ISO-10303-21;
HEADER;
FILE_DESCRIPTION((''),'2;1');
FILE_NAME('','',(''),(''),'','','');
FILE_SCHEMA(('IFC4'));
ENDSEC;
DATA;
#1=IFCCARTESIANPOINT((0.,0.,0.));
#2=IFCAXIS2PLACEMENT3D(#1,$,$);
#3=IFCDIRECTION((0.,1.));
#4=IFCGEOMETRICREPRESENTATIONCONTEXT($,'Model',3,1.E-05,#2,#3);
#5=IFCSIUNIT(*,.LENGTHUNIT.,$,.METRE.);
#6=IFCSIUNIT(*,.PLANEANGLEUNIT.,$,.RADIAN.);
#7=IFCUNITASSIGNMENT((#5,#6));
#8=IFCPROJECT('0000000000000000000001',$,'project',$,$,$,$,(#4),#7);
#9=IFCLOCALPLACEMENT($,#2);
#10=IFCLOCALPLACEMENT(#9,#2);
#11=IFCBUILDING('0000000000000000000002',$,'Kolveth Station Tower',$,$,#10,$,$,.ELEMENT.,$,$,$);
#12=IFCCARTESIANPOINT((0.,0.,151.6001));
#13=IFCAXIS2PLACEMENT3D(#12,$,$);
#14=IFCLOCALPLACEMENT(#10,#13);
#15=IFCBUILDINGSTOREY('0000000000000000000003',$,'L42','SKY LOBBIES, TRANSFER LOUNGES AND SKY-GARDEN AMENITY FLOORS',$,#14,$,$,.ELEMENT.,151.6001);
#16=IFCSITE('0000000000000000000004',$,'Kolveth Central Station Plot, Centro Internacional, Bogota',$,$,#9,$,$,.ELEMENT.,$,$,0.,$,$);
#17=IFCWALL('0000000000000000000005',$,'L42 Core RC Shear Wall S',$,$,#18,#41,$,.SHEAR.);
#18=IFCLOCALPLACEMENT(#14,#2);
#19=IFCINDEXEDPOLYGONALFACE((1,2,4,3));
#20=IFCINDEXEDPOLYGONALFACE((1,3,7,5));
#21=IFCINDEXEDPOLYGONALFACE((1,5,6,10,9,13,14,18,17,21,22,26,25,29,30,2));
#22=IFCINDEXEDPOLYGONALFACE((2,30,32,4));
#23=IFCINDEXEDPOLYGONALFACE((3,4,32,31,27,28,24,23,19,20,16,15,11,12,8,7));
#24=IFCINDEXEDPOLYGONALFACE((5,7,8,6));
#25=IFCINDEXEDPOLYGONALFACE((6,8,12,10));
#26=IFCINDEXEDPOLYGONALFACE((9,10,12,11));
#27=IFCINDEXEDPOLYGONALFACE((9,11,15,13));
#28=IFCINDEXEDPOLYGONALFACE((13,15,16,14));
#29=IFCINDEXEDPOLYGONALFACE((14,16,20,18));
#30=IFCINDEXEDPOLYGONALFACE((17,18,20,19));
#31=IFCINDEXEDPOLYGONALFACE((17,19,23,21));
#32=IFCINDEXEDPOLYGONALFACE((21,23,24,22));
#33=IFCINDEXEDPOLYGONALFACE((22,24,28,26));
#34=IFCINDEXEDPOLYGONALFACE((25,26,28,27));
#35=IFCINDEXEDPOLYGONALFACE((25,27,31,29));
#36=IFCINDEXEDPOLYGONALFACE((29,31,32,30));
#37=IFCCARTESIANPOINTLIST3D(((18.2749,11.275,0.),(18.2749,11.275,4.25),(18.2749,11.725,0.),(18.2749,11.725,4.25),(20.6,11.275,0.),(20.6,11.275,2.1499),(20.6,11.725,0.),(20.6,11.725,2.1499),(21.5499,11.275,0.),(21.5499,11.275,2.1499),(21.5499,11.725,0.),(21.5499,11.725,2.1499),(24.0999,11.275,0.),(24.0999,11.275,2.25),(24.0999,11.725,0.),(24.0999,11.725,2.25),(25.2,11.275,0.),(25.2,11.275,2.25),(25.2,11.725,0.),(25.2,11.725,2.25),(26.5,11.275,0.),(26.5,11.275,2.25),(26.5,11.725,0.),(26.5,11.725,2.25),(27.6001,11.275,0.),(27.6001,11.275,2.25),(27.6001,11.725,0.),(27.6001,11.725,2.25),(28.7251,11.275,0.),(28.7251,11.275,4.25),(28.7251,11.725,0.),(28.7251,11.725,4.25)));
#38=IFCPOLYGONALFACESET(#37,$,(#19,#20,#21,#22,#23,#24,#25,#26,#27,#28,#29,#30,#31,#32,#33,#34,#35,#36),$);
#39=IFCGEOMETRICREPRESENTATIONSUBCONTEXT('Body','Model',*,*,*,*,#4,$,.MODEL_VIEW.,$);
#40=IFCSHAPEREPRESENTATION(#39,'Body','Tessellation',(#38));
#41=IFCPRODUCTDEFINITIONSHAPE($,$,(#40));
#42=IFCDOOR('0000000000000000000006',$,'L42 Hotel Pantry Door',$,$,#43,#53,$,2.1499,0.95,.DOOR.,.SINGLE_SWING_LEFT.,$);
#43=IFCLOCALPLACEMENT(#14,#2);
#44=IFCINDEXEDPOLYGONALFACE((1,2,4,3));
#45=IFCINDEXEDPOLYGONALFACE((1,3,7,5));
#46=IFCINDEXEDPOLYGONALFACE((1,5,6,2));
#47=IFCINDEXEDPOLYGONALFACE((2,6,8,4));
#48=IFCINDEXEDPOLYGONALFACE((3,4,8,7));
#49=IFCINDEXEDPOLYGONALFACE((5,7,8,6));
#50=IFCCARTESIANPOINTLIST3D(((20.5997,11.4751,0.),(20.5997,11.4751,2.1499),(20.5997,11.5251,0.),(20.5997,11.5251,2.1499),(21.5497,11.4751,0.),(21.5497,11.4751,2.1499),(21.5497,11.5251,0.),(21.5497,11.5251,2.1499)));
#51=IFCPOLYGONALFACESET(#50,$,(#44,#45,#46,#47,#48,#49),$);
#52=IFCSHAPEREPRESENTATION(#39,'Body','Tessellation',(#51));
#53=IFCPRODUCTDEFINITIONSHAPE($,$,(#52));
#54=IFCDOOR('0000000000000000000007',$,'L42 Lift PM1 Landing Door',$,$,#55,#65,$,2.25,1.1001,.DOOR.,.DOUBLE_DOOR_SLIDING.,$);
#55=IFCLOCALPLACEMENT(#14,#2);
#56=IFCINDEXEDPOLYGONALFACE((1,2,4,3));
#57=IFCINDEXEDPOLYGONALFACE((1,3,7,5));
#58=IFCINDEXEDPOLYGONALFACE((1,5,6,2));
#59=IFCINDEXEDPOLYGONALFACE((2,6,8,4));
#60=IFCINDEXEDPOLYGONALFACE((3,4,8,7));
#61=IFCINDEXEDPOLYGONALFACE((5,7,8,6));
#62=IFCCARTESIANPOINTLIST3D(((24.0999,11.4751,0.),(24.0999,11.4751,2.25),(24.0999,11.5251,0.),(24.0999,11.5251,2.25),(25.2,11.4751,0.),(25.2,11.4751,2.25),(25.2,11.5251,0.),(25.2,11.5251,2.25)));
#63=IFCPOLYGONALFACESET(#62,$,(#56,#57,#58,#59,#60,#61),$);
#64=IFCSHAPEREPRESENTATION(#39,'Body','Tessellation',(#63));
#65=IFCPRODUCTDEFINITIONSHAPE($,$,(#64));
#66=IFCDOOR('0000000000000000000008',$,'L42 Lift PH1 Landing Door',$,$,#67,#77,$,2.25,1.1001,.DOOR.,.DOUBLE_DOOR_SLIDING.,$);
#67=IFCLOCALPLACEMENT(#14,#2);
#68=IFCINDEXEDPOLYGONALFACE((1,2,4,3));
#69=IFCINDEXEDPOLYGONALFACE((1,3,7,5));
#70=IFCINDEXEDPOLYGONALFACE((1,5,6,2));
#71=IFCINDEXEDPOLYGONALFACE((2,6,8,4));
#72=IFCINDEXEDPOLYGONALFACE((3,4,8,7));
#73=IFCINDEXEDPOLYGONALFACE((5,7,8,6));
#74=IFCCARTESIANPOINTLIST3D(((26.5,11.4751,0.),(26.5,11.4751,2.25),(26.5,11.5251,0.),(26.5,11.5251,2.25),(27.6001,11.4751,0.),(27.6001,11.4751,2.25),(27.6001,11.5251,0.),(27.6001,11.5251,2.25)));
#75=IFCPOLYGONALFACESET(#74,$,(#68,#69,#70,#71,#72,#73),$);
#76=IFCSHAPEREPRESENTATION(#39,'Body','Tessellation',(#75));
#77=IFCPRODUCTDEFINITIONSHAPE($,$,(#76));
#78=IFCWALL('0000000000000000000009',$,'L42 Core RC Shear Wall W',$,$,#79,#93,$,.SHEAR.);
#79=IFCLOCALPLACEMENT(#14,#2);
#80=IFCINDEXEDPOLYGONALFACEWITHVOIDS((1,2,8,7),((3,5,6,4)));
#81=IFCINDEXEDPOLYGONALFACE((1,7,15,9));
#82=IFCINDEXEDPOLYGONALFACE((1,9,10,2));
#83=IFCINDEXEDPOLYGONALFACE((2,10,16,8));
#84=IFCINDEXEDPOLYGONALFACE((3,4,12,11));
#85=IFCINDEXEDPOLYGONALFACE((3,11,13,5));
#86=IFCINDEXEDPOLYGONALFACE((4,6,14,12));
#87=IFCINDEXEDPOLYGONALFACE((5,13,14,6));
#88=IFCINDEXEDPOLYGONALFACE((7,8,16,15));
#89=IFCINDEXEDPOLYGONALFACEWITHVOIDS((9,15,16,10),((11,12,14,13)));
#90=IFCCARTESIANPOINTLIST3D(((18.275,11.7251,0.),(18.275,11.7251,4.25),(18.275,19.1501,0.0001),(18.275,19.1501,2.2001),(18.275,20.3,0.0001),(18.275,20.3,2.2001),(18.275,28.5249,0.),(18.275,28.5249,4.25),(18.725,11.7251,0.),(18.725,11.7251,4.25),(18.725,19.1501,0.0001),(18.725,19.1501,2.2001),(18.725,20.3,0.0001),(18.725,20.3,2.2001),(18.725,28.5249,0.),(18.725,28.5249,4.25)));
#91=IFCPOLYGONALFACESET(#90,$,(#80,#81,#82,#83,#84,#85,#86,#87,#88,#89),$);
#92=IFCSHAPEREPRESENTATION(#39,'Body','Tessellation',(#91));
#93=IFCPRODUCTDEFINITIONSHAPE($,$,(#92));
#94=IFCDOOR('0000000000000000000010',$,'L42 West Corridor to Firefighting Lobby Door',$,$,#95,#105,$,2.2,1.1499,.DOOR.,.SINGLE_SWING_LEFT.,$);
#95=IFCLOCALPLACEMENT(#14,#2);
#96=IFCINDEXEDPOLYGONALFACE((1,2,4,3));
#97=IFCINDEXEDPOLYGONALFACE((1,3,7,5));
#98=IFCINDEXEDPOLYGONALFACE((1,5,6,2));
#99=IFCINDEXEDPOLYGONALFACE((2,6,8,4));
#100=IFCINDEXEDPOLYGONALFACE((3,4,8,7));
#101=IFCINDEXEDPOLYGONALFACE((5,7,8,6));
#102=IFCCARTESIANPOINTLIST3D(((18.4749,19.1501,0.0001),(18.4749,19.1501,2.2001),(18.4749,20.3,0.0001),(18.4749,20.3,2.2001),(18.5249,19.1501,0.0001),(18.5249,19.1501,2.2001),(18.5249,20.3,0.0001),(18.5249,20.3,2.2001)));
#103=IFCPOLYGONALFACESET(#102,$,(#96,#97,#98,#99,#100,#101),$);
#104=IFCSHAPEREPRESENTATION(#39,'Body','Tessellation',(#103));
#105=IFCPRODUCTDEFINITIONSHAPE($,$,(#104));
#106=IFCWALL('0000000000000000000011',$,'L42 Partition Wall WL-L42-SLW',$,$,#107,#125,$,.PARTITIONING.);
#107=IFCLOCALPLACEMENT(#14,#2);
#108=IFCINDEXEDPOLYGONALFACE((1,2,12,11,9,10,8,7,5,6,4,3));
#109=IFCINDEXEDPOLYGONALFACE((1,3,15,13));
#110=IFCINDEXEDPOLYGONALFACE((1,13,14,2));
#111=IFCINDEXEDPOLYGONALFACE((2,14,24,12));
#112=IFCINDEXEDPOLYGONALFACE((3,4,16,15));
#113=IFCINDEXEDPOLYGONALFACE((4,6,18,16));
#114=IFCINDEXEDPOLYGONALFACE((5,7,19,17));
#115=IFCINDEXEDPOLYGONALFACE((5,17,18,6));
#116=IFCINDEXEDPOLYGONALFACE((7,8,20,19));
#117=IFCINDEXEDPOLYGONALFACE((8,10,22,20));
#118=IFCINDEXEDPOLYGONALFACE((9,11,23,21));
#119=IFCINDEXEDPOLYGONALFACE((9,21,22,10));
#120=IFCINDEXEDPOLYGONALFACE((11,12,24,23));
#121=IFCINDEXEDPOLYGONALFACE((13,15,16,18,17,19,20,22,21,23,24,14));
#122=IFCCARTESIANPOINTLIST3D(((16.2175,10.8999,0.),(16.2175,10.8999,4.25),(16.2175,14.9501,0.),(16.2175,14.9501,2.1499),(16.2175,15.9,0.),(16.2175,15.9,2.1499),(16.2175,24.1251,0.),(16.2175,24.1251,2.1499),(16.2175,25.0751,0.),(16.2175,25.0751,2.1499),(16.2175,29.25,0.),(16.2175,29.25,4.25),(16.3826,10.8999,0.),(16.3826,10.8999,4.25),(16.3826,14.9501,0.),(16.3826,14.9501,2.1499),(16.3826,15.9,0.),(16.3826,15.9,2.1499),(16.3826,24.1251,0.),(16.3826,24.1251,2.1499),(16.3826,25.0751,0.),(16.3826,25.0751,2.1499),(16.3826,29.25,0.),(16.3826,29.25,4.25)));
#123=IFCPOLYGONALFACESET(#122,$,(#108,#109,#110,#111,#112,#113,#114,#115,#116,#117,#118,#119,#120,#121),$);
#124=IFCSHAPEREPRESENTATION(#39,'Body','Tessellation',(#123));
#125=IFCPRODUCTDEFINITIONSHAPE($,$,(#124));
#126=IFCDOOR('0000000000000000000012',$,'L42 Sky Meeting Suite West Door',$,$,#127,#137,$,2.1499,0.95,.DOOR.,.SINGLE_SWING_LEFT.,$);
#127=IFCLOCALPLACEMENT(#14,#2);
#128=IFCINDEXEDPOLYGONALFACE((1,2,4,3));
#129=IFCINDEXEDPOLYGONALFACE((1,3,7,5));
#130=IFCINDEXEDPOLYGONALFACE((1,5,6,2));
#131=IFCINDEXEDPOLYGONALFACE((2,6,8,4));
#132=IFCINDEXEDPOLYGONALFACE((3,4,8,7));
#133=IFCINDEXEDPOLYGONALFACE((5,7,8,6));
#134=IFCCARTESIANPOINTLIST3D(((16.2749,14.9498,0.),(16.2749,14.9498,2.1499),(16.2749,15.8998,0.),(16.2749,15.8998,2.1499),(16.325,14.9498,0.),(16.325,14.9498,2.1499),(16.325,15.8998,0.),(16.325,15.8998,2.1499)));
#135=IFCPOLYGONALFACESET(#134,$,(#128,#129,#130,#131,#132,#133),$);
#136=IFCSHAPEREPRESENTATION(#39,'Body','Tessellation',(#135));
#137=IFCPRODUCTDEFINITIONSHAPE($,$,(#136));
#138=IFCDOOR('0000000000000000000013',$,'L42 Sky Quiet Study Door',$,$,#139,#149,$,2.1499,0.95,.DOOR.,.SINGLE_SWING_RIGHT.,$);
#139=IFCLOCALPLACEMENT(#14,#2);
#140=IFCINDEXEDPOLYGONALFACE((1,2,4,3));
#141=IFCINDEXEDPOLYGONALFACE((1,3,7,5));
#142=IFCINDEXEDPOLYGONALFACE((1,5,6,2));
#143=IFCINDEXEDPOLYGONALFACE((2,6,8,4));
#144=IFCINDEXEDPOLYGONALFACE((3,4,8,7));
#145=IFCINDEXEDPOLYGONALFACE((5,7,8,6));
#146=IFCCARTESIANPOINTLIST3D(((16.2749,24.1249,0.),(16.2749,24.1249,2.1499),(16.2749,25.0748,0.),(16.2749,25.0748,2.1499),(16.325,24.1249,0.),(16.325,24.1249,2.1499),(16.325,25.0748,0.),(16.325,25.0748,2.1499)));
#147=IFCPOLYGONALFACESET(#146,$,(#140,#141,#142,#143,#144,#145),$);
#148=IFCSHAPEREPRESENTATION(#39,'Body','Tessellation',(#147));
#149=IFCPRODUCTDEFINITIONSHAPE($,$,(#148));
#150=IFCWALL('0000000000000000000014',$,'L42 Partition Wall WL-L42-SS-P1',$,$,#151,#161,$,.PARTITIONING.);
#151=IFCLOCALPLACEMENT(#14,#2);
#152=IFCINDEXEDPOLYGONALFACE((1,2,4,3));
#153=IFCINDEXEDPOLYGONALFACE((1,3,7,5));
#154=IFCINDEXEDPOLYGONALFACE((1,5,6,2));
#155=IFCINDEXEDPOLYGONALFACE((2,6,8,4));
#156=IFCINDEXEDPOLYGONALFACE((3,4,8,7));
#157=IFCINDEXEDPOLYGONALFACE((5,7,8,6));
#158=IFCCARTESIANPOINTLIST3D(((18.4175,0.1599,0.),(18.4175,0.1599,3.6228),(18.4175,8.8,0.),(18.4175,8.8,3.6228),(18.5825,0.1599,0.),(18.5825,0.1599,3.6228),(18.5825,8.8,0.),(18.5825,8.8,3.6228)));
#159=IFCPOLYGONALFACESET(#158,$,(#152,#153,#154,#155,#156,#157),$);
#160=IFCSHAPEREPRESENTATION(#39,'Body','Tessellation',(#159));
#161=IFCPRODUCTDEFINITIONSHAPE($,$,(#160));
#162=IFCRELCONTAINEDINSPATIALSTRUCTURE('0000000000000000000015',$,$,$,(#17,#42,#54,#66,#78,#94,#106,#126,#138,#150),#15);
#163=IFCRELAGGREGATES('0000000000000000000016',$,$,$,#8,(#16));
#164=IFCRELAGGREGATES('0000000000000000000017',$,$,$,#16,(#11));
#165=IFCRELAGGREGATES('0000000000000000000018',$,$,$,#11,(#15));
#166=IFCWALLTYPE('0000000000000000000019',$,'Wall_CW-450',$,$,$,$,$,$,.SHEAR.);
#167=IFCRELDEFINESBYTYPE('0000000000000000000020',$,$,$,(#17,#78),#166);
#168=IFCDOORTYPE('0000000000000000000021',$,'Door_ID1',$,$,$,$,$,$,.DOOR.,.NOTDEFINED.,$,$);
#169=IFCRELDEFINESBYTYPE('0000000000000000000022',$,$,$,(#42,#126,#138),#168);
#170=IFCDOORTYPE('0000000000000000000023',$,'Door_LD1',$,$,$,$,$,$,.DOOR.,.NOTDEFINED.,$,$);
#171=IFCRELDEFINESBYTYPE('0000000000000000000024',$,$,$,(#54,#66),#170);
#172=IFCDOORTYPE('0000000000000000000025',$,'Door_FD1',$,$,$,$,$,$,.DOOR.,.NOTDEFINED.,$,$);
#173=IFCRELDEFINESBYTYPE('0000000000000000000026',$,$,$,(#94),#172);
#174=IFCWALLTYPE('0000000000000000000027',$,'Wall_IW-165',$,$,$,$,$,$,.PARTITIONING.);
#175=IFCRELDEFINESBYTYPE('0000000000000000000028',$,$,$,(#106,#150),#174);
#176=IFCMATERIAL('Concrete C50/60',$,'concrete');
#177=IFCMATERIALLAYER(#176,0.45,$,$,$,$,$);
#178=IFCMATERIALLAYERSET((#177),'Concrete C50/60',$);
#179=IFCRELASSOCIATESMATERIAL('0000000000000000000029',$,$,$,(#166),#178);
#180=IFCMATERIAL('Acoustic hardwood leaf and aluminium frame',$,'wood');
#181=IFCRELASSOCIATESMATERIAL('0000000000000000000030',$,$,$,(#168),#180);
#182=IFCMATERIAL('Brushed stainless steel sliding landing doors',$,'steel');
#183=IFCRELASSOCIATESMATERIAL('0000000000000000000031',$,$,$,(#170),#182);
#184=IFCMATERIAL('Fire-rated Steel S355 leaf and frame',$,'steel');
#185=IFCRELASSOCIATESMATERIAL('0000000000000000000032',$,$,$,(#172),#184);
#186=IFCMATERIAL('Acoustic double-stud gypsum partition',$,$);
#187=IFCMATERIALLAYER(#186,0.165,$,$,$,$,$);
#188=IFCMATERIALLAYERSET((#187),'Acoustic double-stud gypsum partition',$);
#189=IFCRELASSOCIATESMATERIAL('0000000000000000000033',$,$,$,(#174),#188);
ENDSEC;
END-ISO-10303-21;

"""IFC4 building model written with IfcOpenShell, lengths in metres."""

from ifc_helpers import new_model, si_unit, direction, frame, frame_2d, origin, place, context, subcontext, project, spatial, rectangle, extrude, material, layer, layer_set, type_object, element, fill, save


model = new_model("IFC4")

# Units and contexts
model_context = context("Model", 3, precision=1e-05, world=origin(), true_north=direction((0.0, 1.0)))
body_context = subcontext(model_context, "Body", "Model", "MODEL_VIEW")
ifc_project = project(units=[si_unit("LENGTHUNIT", "METRE"), si_unit("PLANEANGLEUNIT", "RADIAN")], contexts=[model_context])

# Site, building, storey
site_placement = place(None, origin())
site = spatial("IfcSite", under=ifc_project, at=site_placement, Name="Kolveth Central Station Plot, Centro Internacional, Bogota", CompositionType="ELEMENT", RefElevation=0.0)
building_placement = place(site_placement, origin())
building = spatial("IfcBuilding", under=site, at=building_placement, Name="Kolveth Station Tower", CompositionType="ELEMENT")
storey_placement = place(building_placement, frame((0.0, 0.0, 151.6001)))
storey = spatial("IfcBuildingStorey", under=building, at=storey_placement, Name="L42", Description="SKY LOBBIES, TRANSFER LOUNGES AND SKY-GARDEN AMENITY FLOORS", CompositionType="ELEMENT", Elevation=151.6001)

# Wall, openings, doors
ifc_material_1 = material(Name="Concrete C50/60", Category="concrete")
ifc_layer_1 = layer(ifc_material_1, 0.45)
ifc_layer_set_1 = layer_set([ifc_layer_1], Name="Concrete C50/60")
wall_type_1 = type_object("IfcWallType", Name="Wall_CW-450", PredefinedType="SHEAR", material=ifc_layer_set_1)
wall_1_placement = place(storey_placement, frame((18.2749, 11.5, 0.0), z_axis=(0.0, 0.0, 1.0), x_axis=(1.0, 0.0, 0.0)))
wall_1 = element("IfcWall", 1, at=wall_1_placement, inside=storey, type_object=wall_type_1, Name="L42 Core RC Shear Wall S", PredefinedType="SHEAR", context=body_context, shape_type="SweptSolid", body=[
    extrude(rectangle(XDim=10.4502, YDim=0.45, at=frame_2d((5.2251, 0.0))), origin(), (0.0, 0.0, 1.0), 4.25),
])
opening_1_placement = place(wall_1_placement, frame((2.325, 0.0, 0.0)))
opening_1 = element("IfcOpeningElement", 2, at=opening_1_placement, cuts=wall_1, PredefinedType="OPENING", context=body_context, shape_type="SweptSolid", body=[
    extrude(rectangle(XDim=0.95, YDim=2.1499, at=frame_2d((0.4751, 1.075))), frame((0.0, 0.2349, 0.0), z_axis=(0.0, -1.0, 0.0), x_axis=(1.0, 0.0, 0.0)), (0.0, 0.0, 1.0), 0.47),
])
opening_2_placement = place(wall_1_placement, frame((5.825, 0.0, 0.0)))
opening_2 = element("IfcOpeningElement", 3, at=opening_2_placement, cuts=wall_1, PredefinedType="OPENING", context=body_context, shape_type="SweptSolid", body=[
    extrude(rectangle(XDim=1.1001, YDim=2.25, at=frame_2d((0.55, 1.125))), frame((0.0, 0.2349, 0.0), z_axis=(0.0, -1.0, 0.0), x_axis=(1.0, 0.0, 0.0)), (0.0, 0.0, 1.0), 0.47),
])
opening_3_placement = place(wall_1_placement, frame((8.2251, 0.0, 0.0)))
opening_3 = element("IfcOpeningElement", 4, at=opening_3_placement, cuts=wall_1, PredefinedType="OPENING", context=body_context, shape_type="SweptSolid", body=[
    extrude(rectangle(XDim=1.1001, YDim=2.25, at=frame_2d((0.55, 1.125))), frame((0.0, 0.2349, 0.0), z_axis=(0.0, -1.0, 0.0), x_axis=(1.0, 0.0, 0.0)), (0.0, 0.0, 1.0), 0.47),
])
ifc_material_2 = material(Name="Acoustic hardwood leaf and aluminium frame", Category="wood")
door_type_1 = type_object("IfcDoorType", Name="Door_ID1", OperationType="NOTDEFINED", PredefinedType="DOOR", material=ifc_material_2)
door_1_placement = place(opening_1_placement, frame((0.95, 0.0, 0.0), z_axis=(0.0, 0.0, 1.0), x_axis=(-1.0, 0.0, 0.0)))
door_1 = element("IfcDoor", 5, at=door_1_placement, inside=storey, type_object=door_type_1, Name="L42 Hotel Pantry Door", OperationType="SINGLE_SWING_LEFT", OverallHeight=2.1499, OverallWidth=0.95, PredefinedType="DOOR", context=body_context, shape_type="SweptSolid", body=[
    extrude(rectangle(XDim=0.95, YDim=2.1499, at=frame_2d((0.4751, 1.075))), frame((0.0, 0.0249, 0.0), z_axis=(0.0, -1.0, 0.0), x_axis=(1.0, 0.0, 0.0)), (0.0, 0.0, 1.0), 0.05),
])
fill(opening_1, door_1)
ifc_material_3 = material(Name="Brushed stainless steel sliding landing doors", Category="steel")
door_type_2 = type_object("IfcDoorType", Name="Door_LD1", OperationType="NOTDEFINED", PredefinedType="DOOR", material=ifc_material_3)
door_2_placement = place(opening_2_placement, frame((1.1001, 0.0, 0.0), z_axis=(0.0, 0.0, 1.0), x_axis=(-1.0, 0.0, 0.0)))
door_2 = element("IfcDoor", 6, at=door_2_placement, inside=storey, type_object=door_type_2, Name="L42 Lift PM1 Landing Door", OperationType="DOUBLE_DOOR_SLIDING", OverallHeight=2.25, OverallWidth=1.1001, PredefinedType="DOOR", context=body_context, shape_type="SweptSolid", body=[
    extrude(rectangle(XDim=1.1001, YDim=2.25, at=frame_2d((0.55, 1.125))), frame((0.0, 0.0249, 0.0), z_axis=(0.0, -1.0, 0.0), x_axis=(1.0, 0.0, 0.0)), (0.0, 0.0, 1.0), 0.05),
])
fill(opening_2, door_2)
door_3_placement = place(opening_3_placement, frame((1.1001, 0.0, 0.0), z_axis=(0.0, 0.0, 1.0), x_axis=(-1.0, 0.0, 0.0)))
door_3 = element("IfcDoor", 7, at=door_3_placement, inside=storey, type_object=door_type_2, Name="L42 Lift PH1 Landing Door", OperationType="DOUBLE_DOOR_SLIDING", OverallHeight=2.25, OverallWidth=1.1001, PredefinedType="DOOR", context=body_context, shape_type="SweptSolid", body=[
    extrude(rectangle(XDim=1.1001, YDim=2.25, at=frame_2d((0.55, 1.125))), frame((0.0, 0.0249, 0.0), z_axis=(0.0, -1.0, 0.0), x_axis=(1.0, 0.0, 0.0)), (0.0, 0.0, 1.0), 0.05),
])
fill(opening_3, door_3)

# Wall, opening, door
wall_2_placement = place(storey_placement, frame((18.5, 11.7251, 0.0), z_axis=(0.0, 0.0, 1.0), x_axis=(0.0, 1.0, 0.0)))
wall_2 = element("IfcWall", 8, at=wall_2_placement, inside=storey, type_object=wall_type_1, Name="L42 Core RC Shear Wall W", PredefinedType="SHEAR", context=body_context, shape_type="SweptSolid", body=[
    extrude(rectangle(XDim=16.7998, YDim=0.45, at=frame_2d((8.3999, 0.0))), origin(), (0.0, 0.0, 1.0), 4.25),
])
opening_4_placement = place(wall_2_placement, frame((7.425, 0.0, 0.0)))
opening_4 = element("IfcOpeningElement", 9, at=opening_4_placement, cuts=wall_2, PredefinedType="OPENING", context=body_context, shape_type="SweptSolid", body=[
    extrude(rectangle(XDim=1.1499, YDim=2.2, at=frame_2d((0.575, 1.1001))), frame((0.0, 0.2349, 0.0), z_axis=(0.0, -1.0, 0.0), x_axis=(1.0, 0.0, 0.0)), (0.0, 0.0, 1.0), 0.47),
])
ifc_material_4 = material(Name="Fire-rated Steel S355 leaf and frame", Category="steel")
door_type_3 = type_object("IfcDoorType", Name="Door_FD1", OperationType="NOTDEFINED", PredefinedType="DOOR", material=ifc_material_4)
door_4_placement = place(opening_4_placement, frame((1.1499, 0.0, 0.0), z_axis=(0.0, 0.0, 1.0), x_axis=(-1.0, 0.0, 0.0)))
door_4 = element("IfcDoor", 10, at=door_4_placement, inside=storey, type_object=door_type_3, Name="L42 West Corridor to Firefighting Lobby Door", OperationType="SINGLE_SWING_LEFT", OverallHeight=2.2, OverallWidth=1.1499, PredefinedType="DOOR", context=body_context, shape_type="SweptSolid", body=[
    extrude(rectangle(XDim=1.1499, YDim=2.2, at=frame_2d((0.575, 1.1001))), frame((0.0, 0.0249, 0.0), z_axis=(0.0, -1.0, 0.0), x_axis=(1.0, 0.0, 0.0)), (0.0, 0.0, 1.0), 0.05),
])
fill(opening_4, door_4)

# Wall, openings, doors
ifc_material_5 = material(Name="Acoustic double-stud gypsum partition")
ifc_layer_2 = layer(ifc_material_5, 0.165)
ifc_layer_set_2 = layer_set([ifc_layer_2], Name="Acoustic double-stud gypsum partition")
wall_type_2 = type_object("IfcWallType", Name="Wall_IW-165", PredefinedType="PARTITIONING", material=ifc_layer_set_2)
wall_3_placement = place(storey_placement, frame((16.3, 10.8999, 0.0), z_axis=(0.0, 0.0, 1.0), x_axis=(0.0, 1.0, 0.0)))
wall_3 = element("IfcWall", 11, at=wall_3_placement, inside=storey, type_object=wall_type_2, Name="L42 Partition Wall WL-L42-SLW", PredefinedType="PARTITIONING", context=body_context, shape_type="SweptSolid", body=[
    extrude(rectangle(XDim=18.3501, YDim=0.165, at=frame_2d((9.175, 0.0))), origin(), (0.0, 0.0, 1.0), 4.25),
])
opening_5_placement = place(wall_3_placement, frame((4.05, 0.0, 0.0)))
opening_5 = element("IfcOpeningElement", 12, at=opening_5_placement, cuts=wall_3, PredefinedType="OPENING", context=body_context, shape_type="SweptSolid", body=[
    extrude(rectangle(XDim=0.95, YDim=2.1499, at=frame_2d((0.4751, 1.075))), frame((0.0, 0.0925, 0.0), z_axis=(0.0, -1.0, 0.0), x_axis=(1.0, 0.0, 0.0)), (0.0, 0.0, 1.0), 0.1851),
])
opening_6_placement = place(wall_3_placement, frame((13.2251, 0.0, 0.0)))
opening_6 = element("IfcOpeningElement", 13, at=opening_6_placement, cuts=wall_3, PredefinedType="OPENING", context=body_context, shape_type="SweptSolid", body=[
    extrude(rectangle(XDim=0.95, YDim=2.1499, at=frame_2d((0.4751, 1.075))), frame((0.0, 0.0925, 0.0), z_axis=(0.0, -1.0, 0.0), x_axis=(1.0, 0.0, 0.0)), (0.0, 0.0, 1.0), 0.1851),
])
door_5_placement = place(opening_5_placement, frame((0.95, 0.0, 0.0), z_axis=(0.0, 0.0, 1.0), x_axis=(-1.0, 0.0, 0.0)))
door_5 = element("IfcDoor", 14, at=door_5_placement, inside=storey, type_object=door_type_1, Name="L42 Sky Meeting Suite West Door", OperationType="SINGLE_SWING_LEFT", OverallHeight=2.1499, OverallWidth=0.95, PredefinedType="DOOR", context=body_context, shape_type="SweptSolid", body=[
    extrude(rectangle(XDim=0.95, YDim=2.1499, at=frame_2d((0.4751, 1.075))), frame((0.0, 0.0249, 0.0), z_axis=(0.0, -1.0, 0.0), x_axis=(1.0, 0.0, 0.0)), (0.0, 0.0, 1.0), 0.05),
])
fill(opening_5, door_5)
door_6_placement = place(opening_6_placement, frame((0.95, 0.0, 0.0), z_axis=(0.0, 0.0, 1.0), x_axis=(-1.0, 0.0, 0.0)))
door_6 = element("IfcDoor", 15, at=door_6_placement, inside=storey, type_object=door_type_1, Name="L42 Sky Quiet Study Door", OperationType="SINGLE_SWING_RIGHT", OverallHeight=2.1499, OverallWidth=0.95, PredefinedType="DOOR", context=body_context, shape_type="SweptSolid", body=[
    extrude(rectangle(XDim=0.95, YDim=2.1499, at=frame_2d((0.4751, 1.075))), frame((0.0, 0.0249, 0.0), z_axis=(0.0, -1.0, 0.0), x_axis=(1.0, 0.0, 0.0)), (0.0, 0.0, 1.0), 0.05),
])
fill(opening_6, door_6)

# Wall
wall_4_placement = place(storey_placement, frame((18.5, 0.1599, 0.0), z_axis=(0.0, 0.0, 1.0), x_axis=(0.0, 1.0, 0.0)))
element("IfcWall", 16, at=wall_4_placement, inside=storey, type_object=wall_type_2, Name="L42 Partition Wall WL-L42-SS-P1", PredefinedType="PARTITIONING", context=body_context, shape_type="SweptSolid", body=[
    extrude(rectangle(XDim=8.6401, YDim=0.165, at=frame_2d((4.3201, 0.0))), origin(), (0.0, 0.0, 1.0), 3.6228),
])

save(model, "model.ifc")
